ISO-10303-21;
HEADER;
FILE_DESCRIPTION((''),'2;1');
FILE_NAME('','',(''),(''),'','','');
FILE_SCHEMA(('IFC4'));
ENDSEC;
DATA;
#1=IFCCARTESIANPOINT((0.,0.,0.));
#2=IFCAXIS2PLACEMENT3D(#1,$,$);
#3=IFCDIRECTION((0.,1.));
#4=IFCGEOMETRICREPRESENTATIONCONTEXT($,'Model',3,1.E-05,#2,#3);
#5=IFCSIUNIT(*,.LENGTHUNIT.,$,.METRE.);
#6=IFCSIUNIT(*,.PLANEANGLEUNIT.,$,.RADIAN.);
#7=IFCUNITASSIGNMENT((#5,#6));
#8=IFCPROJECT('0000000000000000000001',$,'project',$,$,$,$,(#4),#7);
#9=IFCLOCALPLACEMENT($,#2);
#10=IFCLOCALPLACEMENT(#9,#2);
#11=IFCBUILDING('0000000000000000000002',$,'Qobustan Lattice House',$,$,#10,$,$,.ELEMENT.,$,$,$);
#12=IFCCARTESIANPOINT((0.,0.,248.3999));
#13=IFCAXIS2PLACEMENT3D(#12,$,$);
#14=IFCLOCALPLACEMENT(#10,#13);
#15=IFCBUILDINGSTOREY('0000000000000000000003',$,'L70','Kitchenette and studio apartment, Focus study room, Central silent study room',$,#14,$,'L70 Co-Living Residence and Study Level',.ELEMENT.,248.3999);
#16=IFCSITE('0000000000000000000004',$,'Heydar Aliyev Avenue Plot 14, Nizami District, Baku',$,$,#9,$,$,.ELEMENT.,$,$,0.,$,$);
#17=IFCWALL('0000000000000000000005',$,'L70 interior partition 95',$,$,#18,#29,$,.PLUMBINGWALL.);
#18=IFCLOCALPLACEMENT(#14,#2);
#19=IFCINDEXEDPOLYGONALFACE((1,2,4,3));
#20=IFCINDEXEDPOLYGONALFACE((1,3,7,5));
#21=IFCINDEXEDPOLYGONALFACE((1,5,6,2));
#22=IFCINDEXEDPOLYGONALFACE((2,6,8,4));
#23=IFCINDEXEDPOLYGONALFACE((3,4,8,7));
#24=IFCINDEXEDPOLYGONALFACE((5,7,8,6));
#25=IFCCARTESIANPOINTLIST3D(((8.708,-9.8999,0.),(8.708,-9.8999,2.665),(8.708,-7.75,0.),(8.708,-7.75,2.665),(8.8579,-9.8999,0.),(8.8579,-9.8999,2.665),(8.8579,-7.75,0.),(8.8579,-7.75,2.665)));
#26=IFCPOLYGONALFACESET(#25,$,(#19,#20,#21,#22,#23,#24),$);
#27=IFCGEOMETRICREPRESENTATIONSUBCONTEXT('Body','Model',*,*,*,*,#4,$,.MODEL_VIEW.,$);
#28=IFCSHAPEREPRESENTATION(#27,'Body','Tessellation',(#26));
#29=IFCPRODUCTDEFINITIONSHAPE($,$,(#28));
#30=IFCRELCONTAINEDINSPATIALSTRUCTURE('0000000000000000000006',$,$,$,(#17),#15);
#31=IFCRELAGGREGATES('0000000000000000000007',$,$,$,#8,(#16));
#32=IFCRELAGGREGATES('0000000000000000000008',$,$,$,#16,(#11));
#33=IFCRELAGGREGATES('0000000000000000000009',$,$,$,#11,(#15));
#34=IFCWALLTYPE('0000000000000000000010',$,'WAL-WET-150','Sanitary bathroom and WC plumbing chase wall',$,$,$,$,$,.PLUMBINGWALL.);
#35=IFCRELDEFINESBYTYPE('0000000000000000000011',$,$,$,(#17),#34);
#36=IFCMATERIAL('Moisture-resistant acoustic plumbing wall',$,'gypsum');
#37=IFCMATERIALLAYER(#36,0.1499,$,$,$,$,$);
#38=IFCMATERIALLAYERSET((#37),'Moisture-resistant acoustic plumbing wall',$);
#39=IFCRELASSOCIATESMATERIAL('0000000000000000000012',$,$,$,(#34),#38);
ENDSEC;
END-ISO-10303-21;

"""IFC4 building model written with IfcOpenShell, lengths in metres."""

from ifc_helpers import new_model, si_unit, direction, frame, frame_2d, origin, place, context, subcontext, project, spatial, rectangle, extrude, material, layer, layer_set, type_object, element, save


model = new_model("IFC4")

# Units and contexts
model_context = context("Model", 3, precision=1e-05, world=origin(), true_north=direction((0.0, 1.0)))
body_context = subcontext(model_context, "Body", "Model", "MODEL_VIEW")
ifc_project = project(units=[si_unit("LENGTHUNIT", "METRE"), si_unit("PLANEANGLEUNIT", "RADIAN")], contexts=[model_context])

# Site, building, storey
site_placement = place(None, origin())
site = spatial("IfcSite", under=ifc_project, at=site_placement, Name="Heydar Aliyev Avenue Plot 14, Nizami District, Baku", CompositionType="ELEMENT", RefElevation=0.0)
building_placement = place(site_placement, origin())
building = spatial("IfcBuilding", under=site, at=building_placement, Name="Qobustan Lattice House", CompositionType="ELEMENT")
storey_placement = place(building_placement, frame((0.0, 0.0, 248.3999)))
storey = spatial("IfcBuildingStorey", under=building, at=storey_placement, Name="L70", Description="Kitchenette and studio apartment, Focus study room, Central silent study room", LongName="L70 Co-Living Residence and Study Level", CompositionType="ELEMENT", Elevation=248.3999)

# Shared definitions
ifc_material_1 = material(Name="Moisture-resistant acoustic plumbing wall", Category="gypsum")
ifc_layer_1 = layer(ifc_material_1, 0.1499)
ifc_layer_set_1 = layer_set([ifc_layer_1], Name="Moisture-resistant acoustic plumbing wall")
wall_type_1 = type_object("IfcWallType", Name="WAL-WET-150", Description="Sanitary bathroom and WC plumbing chase wall", PredefinedType="PLUMBINGWALL", material=ifc_layer_set_1)

# Wall
wall_1_placement = place(storey_placement, frame((8.783, -9.8999, 0.0), z_axis=(0.0, 0.0, 1.0), x_axis=(0.0, 1.0, 0.0)))
element("IfcWall", 1, at=wall_1_placement, inside=storey, type_object=wall_type_1, Name="L70 interior partition 95", PredefinedType="PLUMBINGWALL", context=body_context, shape_type="SweptSolid", body=[
    extrude(rectangle(XDim=2.1499, YDim=0.1499, at=frame_2d((1.075, 0.0))), origin(), (0.0, 0.0, 1.0), 2.665),
])

save(model, "model.ifc")
